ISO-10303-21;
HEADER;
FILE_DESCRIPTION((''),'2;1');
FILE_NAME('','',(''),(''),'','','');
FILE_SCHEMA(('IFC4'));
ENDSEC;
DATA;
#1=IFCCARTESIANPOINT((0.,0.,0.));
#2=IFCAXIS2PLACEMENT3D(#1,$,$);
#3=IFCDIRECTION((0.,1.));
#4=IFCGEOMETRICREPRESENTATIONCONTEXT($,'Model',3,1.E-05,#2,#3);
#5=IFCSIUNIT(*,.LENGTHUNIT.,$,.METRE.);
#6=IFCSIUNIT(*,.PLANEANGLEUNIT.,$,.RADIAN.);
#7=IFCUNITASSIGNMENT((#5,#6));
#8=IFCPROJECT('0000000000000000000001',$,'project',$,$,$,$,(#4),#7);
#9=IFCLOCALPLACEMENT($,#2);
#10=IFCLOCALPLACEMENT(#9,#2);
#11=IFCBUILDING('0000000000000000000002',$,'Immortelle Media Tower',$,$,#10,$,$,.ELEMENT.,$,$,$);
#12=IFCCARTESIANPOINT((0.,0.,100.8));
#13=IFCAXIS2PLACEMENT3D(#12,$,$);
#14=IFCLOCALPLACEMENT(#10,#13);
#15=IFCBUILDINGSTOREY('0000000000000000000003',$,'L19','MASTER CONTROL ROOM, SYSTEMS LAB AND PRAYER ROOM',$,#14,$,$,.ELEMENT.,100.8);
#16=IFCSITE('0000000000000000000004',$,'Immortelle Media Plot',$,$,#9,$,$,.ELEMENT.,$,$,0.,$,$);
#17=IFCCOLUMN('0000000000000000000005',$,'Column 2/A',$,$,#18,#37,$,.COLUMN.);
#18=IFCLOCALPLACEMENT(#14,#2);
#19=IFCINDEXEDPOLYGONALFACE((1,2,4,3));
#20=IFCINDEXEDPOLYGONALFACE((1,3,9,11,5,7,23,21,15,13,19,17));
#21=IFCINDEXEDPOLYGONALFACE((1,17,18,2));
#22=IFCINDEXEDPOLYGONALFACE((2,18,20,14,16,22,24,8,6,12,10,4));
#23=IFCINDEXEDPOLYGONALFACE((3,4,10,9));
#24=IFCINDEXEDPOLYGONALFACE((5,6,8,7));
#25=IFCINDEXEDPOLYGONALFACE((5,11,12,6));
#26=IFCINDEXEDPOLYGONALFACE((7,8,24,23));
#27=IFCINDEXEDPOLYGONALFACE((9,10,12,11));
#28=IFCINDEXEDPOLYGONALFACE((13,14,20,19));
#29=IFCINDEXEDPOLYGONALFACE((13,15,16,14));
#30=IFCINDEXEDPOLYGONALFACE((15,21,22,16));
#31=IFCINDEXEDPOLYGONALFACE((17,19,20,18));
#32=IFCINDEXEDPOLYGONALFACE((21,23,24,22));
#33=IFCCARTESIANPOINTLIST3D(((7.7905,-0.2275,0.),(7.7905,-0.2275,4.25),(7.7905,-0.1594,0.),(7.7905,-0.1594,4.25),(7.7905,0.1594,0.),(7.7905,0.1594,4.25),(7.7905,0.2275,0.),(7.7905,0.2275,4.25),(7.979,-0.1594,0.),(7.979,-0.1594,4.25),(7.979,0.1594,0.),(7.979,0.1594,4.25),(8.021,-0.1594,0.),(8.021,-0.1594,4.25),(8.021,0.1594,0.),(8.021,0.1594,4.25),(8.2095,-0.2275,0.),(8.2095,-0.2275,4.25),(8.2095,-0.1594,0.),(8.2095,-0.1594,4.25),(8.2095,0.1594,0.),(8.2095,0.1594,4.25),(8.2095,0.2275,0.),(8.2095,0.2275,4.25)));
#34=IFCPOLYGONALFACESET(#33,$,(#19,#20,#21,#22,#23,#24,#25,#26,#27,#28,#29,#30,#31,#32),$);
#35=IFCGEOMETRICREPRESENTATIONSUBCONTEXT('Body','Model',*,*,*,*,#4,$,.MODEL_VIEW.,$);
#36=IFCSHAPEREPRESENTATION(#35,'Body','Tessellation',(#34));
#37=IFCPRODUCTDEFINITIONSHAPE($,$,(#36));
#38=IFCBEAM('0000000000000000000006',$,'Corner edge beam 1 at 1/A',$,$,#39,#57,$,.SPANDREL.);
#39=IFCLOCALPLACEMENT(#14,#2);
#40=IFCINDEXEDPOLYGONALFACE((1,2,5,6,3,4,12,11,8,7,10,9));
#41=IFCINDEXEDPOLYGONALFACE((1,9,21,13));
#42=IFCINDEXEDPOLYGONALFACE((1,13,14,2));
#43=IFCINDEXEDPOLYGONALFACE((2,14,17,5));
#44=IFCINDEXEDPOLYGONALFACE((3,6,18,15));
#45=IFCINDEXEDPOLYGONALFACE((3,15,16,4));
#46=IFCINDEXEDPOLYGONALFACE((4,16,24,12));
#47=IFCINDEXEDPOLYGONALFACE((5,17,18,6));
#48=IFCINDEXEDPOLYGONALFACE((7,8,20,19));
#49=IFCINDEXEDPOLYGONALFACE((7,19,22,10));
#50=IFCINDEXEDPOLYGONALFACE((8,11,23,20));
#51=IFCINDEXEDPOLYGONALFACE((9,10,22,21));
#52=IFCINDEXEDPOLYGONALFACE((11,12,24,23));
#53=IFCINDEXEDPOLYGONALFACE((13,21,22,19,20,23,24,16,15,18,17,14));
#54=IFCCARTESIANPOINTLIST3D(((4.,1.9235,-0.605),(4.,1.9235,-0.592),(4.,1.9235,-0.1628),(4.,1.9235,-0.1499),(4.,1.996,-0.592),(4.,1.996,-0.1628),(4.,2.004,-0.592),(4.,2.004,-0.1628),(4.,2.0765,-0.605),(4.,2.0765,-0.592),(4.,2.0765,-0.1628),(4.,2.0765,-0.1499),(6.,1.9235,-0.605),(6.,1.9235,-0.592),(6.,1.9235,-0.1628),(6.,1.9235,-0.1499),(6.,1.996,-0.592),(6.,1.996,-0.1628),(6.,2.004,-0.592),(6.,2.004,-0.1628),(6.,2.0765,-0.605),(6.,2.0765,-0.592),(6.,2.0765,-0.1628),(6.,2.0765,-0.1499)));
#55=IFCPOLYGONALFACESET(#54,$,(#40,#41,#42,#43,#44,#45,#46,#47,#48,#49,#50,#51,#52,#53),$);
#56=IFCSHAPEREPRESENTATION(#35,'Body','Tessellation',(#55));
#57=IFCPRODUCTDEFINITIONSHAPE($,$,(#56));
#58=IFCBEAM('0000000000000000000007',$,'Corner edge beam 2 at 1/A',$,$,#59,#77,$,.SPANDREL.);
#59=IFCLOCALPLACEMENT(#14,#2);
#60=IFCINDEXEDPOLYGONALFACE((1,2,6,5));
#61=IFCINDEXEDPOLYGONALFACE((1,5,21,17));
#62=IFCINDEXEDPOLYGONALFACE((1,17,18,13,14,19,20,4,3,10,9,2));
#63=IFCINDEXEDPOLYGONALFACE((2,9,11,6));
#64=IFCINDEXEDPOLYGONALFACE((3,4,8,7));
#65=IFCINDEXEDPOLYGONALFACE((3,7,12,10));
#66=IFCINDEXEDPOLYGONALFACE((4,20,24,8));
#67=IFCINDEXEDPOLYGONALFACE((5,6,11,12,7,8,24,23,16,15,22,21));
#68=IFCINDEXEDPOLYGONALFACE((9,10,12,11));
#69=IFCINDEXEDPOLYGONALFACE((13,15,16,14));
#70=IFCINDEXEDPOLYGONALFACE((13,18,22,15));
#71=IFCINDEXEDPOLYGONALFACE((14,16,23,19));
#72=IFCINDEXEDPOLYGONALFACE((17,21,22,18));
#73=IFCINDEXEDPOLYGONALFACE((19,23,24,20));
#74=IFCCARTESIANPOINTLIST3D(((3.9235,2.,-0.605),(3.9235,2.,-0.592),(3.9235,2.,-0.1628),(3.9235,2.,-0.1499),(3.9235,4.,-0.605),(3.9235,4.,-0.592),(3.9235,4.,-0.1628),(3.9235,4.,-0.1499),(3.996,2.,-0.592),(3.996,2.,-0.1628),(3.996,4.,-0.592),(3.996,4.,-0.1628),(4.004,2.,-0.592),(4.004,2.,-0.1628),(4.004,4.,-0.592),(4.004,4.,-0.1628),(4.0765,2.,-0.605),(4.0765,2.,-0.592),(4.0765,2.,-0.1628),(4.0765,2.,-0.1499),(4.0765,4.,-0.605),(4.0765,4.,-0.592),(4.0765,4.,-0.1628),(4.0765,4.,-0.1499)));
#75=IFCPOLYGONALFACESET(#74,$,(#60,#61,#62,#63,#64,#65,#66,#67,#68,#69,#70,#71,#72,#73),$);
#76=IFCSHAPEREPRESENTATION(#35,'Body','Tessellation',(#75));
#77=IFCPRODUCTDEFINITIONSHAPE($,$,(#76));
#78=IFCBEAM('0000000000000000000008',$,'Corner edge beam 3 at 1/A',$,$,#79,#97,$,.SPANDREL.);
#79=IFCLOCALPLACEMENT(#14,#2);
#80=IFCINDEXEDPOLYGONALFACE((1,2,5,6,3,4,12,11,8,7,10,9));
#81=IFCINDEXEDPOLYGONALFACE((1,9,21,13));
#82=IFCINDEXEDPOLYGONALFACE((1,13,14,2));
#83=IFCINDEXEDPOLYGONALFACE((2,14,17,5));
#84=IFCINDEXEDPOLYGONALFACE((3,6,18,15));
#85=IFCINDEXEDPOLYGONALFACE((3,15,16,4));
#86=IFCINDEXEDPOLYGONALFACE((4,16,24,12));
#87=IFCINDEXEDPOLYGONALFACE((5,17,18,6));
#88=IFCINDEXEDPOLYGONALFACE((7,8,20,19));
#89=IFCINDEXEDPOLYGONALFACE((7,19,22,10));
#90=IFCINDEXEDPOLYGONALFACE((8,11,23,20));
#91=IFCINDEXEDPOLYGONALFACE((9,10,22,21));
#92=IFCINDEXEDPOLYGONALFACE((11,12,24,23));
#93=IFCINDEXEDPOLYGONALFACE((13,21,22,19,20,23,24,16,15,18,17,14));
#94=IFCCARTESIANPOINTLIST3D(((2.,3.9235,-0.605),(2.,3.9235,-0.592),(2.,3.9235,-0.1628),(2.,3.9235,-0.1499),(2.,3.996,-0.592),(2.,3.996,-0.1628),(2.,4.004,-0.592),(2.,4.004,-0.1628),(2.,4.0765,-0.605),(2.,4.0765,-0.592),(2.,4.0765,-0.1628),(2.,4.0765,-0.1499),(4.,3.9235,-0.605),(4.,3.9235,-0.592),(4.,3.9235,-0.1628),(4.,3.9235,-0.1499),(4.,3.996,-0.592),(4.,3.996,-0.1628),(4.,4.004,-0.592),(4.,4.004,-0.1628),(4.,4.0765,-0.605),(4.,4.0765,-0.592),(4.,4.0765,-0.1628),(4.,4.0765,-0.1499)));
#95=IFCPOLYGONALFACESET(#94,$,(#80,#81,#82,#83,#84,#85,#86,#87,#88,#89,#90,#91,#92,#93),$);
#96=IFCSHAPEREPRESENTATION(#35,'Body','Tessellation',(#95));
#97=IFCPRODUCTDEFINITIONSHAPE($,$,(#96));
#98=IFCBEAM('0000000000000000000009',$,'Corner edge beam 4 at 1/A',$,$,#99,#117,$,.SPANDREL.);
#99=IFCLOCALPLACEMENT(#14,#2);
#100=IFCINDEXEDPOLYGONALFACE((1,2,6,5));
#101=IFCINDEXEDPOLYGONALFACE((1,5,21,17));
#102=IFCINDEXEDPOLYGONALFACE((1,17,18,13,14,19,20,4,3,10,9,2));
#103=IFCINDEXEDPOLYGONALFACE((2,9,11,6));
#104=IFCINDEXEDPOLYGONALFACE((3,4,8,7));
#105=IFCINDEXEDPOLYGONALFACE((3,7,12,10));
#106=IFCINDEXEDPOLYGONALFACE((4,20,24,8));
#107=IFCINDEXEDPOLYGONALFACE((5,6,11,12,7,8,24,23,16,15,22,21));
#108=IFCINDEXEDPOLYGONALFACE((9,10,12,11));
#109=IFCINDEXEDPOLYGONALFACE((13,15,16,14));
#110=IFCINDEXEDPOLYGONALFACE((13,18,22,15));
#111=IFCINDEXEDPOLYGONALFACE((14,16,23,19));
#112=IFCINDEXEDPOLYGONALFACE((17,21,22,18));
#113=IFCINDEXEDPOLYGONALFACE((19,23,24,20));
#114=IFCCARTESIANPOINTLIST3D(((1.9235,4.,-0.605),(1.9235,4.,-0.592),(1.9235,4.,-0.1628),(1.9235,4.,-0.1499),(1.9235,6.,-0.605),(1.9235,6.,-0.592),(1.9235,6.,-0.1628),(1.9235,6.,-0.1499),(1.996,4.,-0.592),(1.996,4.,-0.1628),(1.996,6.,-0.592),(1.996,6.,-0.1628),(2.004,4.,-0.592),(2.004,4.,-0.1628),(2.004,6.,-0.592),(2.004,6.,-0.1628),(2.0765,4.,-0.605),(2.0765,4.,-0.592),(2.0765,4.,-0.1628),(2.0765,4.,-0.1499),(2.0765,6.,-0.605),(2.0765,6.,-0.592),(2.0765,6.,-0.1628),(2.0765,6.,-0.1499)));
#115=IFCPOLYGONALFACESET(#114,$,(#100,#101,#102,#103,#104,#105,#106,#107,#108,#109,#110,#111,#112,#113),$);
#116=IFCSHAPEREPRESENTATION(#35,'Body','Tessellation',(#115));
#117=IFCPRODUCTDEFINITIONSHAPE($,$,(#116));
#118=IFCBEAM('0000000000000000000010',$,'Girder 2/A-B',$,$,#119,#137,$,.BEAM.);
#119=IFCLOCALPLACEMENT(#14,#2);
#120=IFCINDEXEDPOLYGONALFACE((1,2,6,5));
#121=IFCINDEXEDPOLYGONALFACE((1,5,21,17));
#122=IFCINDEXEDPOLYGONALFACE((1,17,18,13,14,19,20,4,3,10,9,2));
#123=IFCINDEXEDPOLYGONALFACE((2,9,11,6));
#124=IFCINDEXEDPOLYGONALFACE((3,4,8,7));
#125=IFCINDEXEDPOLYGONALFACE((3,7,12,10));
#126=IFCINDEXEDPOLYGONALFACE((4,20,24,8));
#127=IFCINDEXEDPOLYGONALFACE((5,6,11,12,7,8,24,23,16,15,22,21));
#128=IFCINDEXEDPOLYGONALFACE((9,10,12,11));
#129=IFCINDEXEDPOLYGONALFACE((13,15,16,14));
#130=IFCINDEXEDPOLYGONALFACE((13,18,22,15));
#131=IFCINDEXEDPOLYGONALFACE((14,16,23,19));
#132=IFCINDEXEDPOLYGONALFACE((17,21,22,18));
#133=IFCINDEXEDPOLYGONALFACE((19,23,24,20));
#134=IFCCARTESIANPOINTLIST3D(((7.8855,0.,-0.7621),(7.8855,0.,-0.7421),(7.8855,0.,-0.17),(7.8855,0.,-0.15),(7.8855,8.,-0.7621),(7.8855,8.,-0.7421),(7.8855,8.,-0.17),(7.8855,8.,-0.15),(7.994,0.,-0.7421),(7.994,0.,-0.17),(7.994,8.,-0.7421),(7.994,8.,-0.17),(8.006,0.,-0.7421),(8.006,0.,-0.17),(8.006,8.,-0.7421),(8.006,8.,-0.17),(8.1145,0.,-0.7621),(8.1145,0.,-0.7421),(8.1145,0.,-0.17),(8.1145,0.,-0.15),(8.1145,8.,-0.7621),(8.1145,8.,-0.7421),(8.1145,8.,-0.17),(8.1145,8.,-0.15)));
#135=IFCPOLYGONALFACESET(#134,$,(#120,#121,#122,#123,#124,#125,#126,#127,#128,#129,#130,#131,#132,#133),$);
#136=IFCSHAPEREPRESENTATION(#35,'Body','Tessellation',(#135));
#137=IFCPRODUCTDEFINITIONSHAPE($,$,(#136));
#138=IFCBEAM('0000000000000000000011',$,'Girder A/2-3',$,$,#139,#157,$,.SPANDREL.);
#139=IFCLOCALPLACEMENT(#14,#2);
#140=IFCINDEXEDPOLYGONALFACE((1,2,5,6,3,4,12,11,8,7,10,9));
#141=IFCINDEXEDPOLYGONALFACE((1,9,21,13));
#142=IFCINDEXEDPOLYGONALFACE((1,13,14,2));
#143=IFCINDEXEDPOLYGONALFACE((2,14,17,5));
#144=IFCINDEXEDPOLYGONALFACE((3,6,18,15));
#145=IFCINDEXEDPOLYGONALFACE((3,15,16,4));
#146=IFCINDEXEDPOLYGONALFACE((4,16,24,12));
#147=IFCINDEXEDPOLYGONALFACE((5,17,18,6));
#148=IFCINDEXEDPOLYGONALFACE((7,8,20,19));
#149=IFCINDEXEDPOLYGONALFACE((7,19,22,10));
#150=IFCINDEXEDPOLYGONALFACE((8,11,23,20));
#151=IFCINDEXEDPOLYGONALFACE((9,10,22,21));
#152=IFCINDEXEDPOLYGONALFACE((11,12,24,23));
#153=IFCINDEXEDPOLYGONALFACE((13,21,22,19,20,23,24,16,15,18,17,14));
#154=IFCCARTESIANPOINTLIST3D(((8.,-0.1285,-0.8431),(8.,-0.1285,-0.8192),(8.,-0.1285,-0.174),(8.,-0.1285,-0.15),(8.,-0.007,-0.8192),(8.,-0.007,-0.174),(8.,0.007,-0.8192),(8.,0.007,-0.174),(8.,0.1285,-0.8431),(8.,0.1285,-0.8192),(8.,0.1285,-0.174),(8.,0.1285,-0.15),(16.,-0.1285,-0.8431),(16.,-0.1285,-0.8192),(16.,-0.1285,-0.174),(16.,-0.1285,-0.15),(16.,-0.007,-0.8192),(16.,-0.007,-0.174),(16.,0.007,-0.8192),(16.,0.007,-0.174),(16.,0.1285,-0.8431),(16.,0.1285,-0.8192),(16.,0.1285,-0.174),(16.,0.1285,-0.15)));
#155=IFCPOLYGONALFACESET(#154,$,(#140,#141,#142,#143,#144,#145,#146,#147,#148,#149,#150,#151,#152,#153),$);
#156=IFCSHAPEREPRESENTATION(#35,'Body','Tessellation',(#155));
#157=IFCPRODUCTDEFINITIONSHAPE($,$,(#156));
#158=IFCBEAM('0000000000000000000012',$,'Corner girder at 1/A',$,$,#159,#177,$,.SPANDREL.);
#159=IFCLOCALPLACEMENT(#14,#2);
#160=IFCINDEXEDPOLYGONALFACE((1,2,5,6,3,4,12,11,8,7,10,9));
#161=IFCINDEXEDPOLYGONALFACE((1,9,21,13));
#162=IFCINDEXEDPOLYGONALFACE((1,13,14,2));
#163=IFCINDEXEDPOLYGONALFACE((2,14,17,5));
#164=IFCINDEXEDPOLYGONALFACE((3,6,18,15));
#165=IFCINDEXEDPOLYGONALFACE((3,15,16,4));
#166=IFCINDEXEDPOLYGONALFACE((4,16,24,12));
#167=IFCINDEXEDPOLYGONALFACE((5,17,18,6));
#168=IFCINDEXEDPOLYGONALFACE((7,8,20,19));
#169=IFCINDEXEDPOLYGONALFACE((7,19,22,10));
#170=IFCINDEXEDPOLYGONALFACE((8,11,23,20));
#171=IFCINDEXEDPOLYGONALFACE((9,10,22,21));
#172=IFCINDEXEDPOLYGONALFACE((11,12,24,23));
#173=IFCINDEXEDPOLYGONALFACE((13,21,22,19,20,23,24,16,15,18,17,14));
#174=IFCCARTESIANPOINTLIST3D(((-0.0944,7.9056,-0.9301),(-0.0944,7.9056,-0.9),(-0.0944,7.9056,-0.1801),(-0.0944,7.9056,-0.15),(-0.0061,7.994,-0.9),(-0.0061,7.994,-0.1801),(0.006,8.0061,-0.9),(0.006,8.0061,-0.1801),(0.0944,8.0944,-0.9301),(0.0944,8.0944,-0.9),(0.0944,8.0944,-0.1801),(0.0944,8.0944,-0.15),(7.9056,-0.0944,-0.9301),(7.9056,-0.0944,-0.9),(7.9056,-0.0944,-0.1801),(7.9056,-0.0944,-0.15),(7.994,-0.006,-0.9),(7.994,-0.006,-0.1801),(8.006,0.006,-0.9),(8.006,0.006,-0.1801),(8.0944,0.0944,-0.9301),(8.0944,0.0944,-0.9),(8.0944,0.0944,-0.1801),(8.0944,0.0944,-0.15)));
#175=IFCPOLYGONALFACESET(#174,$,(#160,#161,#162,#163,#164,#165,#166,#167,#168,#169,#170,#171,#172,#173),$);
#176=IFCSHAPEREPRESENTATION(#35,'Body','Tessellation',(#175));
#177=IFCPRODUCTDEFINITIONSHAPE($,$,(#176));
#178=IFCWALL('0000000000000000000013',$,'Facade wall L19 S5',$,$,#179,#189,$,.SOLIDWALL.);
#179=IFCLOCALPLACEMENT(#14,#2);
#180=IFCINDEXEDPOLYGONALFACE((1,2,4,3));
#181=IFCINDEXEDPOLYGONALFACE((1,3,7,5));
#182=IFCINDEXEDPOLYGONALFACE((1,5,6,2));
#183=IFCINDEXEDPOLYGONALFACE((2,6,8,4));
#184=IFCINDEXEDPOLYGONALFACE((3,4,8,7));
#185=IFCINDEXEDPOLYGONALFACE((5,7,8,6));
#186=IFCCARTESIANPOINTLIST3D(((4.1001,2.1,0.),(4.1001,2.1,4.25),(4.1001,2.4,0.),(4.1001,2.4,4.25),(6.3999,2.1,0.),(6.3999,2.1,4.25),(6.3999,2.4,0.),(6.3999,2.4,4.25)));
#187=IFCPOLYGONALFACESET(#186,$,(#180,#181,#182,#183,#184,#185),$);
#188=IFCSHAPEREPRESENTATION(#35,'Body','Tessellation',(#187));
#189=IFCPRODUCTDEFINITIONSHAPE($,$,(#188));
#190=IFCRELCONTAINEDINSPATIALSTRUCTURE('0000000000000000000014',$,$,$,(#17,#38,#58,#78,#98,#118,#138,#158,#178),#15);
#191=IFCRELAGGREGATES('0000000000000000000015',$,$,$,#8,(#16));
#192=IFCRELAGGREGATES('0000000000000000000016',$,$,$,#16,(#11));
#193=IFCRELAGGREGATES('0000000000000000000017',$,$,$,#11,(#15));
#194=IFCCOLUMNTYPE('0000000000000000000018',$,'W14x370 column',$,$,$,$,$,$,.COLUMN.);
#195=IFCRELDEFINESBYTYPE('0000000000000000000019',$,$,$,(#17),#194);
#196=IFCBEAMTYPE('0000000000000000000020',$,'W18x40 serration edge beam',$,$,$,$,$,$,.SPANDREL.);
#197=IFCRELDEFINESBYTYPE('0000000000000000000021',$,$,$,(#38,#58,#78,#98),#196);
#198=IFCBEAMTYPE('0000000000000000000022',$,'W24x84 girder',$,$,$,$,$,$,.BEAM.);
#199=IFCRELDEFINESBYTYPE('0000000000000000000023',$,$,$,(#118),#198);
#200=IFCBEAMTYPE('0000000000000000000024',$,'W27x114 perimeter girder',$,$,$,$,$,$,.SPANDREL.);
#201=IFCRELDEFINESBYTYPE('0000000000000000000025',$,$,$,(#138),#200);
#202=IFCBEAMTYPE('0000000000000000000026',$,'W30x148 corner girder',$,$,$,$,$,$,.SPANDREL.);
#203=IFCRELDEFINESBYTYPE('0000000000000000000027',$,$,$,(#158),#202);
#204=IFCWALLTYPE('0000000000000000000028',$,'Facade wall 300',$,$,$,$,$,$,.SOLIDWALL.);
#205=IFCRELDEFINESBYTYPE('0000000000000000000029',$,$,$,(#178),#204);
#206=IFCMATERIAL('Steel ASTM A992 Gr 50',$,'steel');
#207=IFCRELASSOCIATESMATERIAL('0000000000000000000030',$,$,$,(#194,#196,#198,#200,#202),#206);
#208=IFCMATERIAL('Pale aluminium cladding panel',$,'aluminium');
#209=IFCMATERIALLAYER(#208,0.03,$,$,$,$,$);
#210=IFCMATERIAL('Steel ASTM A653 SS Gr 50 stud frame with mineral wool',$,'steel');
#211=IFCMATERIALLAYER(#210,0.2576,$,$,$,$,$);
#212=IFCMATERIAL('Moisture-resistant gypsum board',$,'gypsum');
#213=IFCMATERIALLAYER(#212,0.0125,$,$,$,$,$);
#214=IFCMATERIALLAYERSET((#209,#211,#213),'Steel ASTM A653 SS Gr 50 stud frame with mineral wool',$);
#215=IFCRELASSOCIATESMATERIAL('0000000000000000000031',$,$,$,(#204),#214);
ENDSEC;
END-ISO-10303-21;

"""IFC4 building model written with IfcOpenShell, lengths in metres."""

from ifc_helpers import new_model, si_unit, direction, frame, frame_2d, origin, origin_2d, place, context, subcontext, project, spatial, rectangle, i_section, extrude, material, layer, layer_set, material_profile, profile_set, type_object, element, save


model = new_model("IFC4")

# Units and contexts
model_context = context("Model", 3, precision=1e-05, world=origin(), true_north=direction((0.0, 1.0)))
body_context = subcontext(model_context, "Body", "Model", "MODEL_VIEW")
ifc_project = project(units=[si_unit("LENGTHUNIT", "METRE"), si_unit("PLANEANGLEUNIT", "RADIAN")], contexts=[model_context])

# Site, building, storey
site_placement = place(None, origin())
site = spatial("IfcSite", under=ifc_project, at=site_placement, Name="Immortelle Media Plot", CompositionType="ELEMENT", RefElevation=0.0)
building_placement = place(site_placement, origin())
building = spatial("IfcBuilding", under=site, at=building_placement, Name="Immortelle Media Tower", CompositionType="ELEMENT")
storey_placement = place(building_placement, frame((0.0, 0.0, 100.8)))
storey = spatial("IfcBuildingStorey", under=building, at=storey_placement, Name="L19", Description="MASTER CONTROL ROOM, SYSTEMS LAB AND PRAYER ROOM", CompositionType="ELEMENT", Elevation=100.8)

# Column
ifc_material_1 = material(Name="Steel ASTM A992 Gr 50", Category="steel")
ifc_material_profile_1 = material_profile(ifc_material_1, i_section(OverallWidth=0.4189, OverallDepth=0.4551, WebThickness=0.042, FlangeThickness=0.0681, at=origin_2d()), Name="W14x370")
ifc_profile_set_1 = profile_set([ifc_material_profile_1], Name="Steel ASTM A992 Gr 50")
column_type = type_object("IfcColumnType", Name="W14x370 column", PredefinedType="COLUMN", material=ifc_profile_set_1)
column_placement = place(storey_placement, frame((8.0, 0.0, 0.0), z_axis=(0.0, 0.0, 1.0), x_axis=(1.0, 0.0, 0.0)))
element("IfcColumn", 1, at=column_placement, inside=storey, type_object=column_type, Name="Column 2/A", PredefinedType="COLUMN", context=body_context, shape_type="SweptSolid", body=[
    extrude(i_section(OverallWidth=0.4189, OverallDepth=0.4551, WebThickness=0.042, FlangeThickness=0.0681, at=origin_2d()), origin(), (0.0, 0.0, 1.0), 4.25),
])

# Beams
ifc_material_profile_2 = material_profile(ifc_material_1, i_section(OverallWidth=0.1531, OverallDepth=0.4551, WebThickness=0.0081, FlangeThickness=0.0129, at=origin_2d()), Name="W18x40")
ifc_profile_set_2 = profile_set([ifc_material_profile_2], Name="Steel ASTM A992 Gr 50")
beam_type_1 = type_object("IfcBeamType", Name="W18x40 serration edge beam", PredefinedType="SPANDREL", material=ifc_profile_set_2)
for number, where, z_axis, x_axis, name in (
    (2, (6.0, 2.0, -0.3774), (-1.0, 0.0, 0.0), (0.0, -1.0, 0.0), "Corner edge beam 1 at 1/A"),
    (3, (4.0, 2.0, -0.3774), (0.0, 1.0, 0.0), (-1.0, 0.0, 0.0), "Corner edge beam 2 at 1/A"),
    (4, (4.0, 4.0, -0.3774), (-1.0, 0.0, 0.0), (0.0, -1.0, 0.0), "Corner edge beam 3 at 1/A"),
    (5, (2.0, 4.0, -0.3774), (0.0, 1.0, 0.0), (-1.0, 0.0, 0.0), "Corner edge beam 4 at 1/A"),
):
    element("IfcBeam", number, at=place(storey_placement, frame(where, z_axis=z_axis, x_axis=x_axis)), inside=storey, type_object=beam_type_1, Name=name, PredefinedType="SPANDREL", context=body_context, shape_type="SweptSolid", body=[
        extrude(i_section(OverallWidth=0.1531, OverallDepth=0.4551, WebThickness=0.0081, FlangeThickness=0.0129, at=origin_2d()), origin(), (0.0, 0.0, 1.0), 2.0),
    ])
ifc_material_profile_3 = material_profile(ifc_material_1, i_section(OverallWidth=0.229, OverallDepth=0.6121, WebThickness=0.012, FlangeThickness=0.02, at=origin_2d()), Name="W24x84")
ifc_profile_set_3 = profile_set([ifc_material_profile_3], Name="Steel ASTM A992 Gr 50")
beam_type_2 = type_object("IfcBeamType", Name="W24x84 girder", PredefinedType="BEAM", material=ifc_profile_set_3)
beam_1_placement = place(storey_placement, frame((8.0, 0.0, -0.4561), z_axis=(0.0, 1.0, 0.0), x_axis=(-1.0, 0.0, 0.0)))
element("IfcBeam", 6, at=beam_1_placement, inside=storey, type_object=beam_type_2, Name="Girder 2/A-B", PredefinedType="BEAM", context=body_context, shape_type="SweptSolid", body=[
    extrude(i_section(OverallWidth=0.229, OverallDepth=0.6121, WebThickness=0.012, FlangeThickness=0.02, at=origin_2d()), origin(), (0.0, 0.0, 1.0), 8.0),
])
ifc_material_profile_4 = material_profile(ifc_material_1, i_section(OverallWidth=0.2571, OverallDepth=0.6931, WebThickness=0.0139, FlangeThickness=0.0239, at=origin_2d()), Name="W27x114")
ifc_profile_set_4 = profile_set([ifc_material_profile_4], Name="Steel ASTM A992 Gr 50")
beam_type_3 = type_object("IfcBeamType", Name="W27x114 perimeter girder", PredefinedType="SPANDREL", material=ifc_profile_set_4)
beam_2_placement = place(storey_placement, frame((8.0, 0.0, -0.4966), z_axis=(1.0, 0.0, 0.0), x_axis=(0.0, 1.0, 0.0)))
element("IfcBeam", 7, at=beam_2_placement, inside=storey, type_object=beam_type_3, Name="Girder A/2-3", PredefinedType="SPANDREL", context=body_context, shape_type="SweptSolid", body=[
    extrude(i_section(OverallWidth=0.2571, OverallDepth=0.6931, WebThickness=0.0139, FlangeThickness=0.0239, at=origin_2d()), origin(), (0.0, 0.0, 1.0), 8.0),
])
ifc_material_profile_5 = material_profile(ifc_material_1, i_section(OverallWidth=0.2671, OverallDepth=0.78, WebThickness=0.0171, FlangeThickness=0.03, at=origin_2d()), Name="W30x148")
ifc_profile_set_5 = profile_set([ifc_material_profile_5], Name="Steel ASTM A992 Gr 50")
beam_type_4 = type_object("IfcBeamType", Name="W30x148 corner girder", PredefinedType="SPANDREL", material=ifc_profile_set_5)
beam_3_placement = place(storey_placement, frame((8.0, 0.0, -0.54), z_axis=(-0.707107, 0.707107, 0.0), x_axis=(-0.707107, -0.707107, 0.0)))
element("IfcBeam", 8, at=beam_3_placement, inside=storey, type_object=beam_type_4, Name="Corner girder at 1/A", PredefinedType="SPANDREL", context=body_context, shape_type="SweptSolid", body=[
    extrude(i_section(OverallWidth=0.2671, OverallDepth=0.78, WebThickness=0.0171, FlangeThickness=0.03, at=origin_2d()), origin(), (0.0, 0.0, 1.0), 11.3137),
])

# Wall
ifc_material_2 = material(Name="Pale aluminium cladding panel", Category="aluminium")
ifc_layer_1 = layer(ifc_material_2, 0.03)
ifc_material_3 = material(Name="Steel ASTM A653 SS Gr 50 stud frame with mineral wool", Category="steel")
ifc_layer_2 = layer(ifc_material_3, 0.2576)
ifc_material_4 = material(Name="Moisture-resistant gypsum board", Category="gypsum")
ifc_layer_3 = layer(ifc_material_4, 0.0125)
ifc_layer_set_1 = layer_set([ifc_layer_1, ifc_layer_2, ifc_layer_3], Name="Steel ASTM A653 SS Gr 50 stud frame with mineral wool")
wall_type_1 = type_object("IfcWallType", Name="Facade wall 300", PredefinedType="SOLIDWALL", material=ifc_layer_set_1)
wall_1_placement = place(storey_placement, frame((4.1001, 2.25, 0.0), z_axis=(0.0, 0.0, 1.0), x_axis=(1.0, 0.0, 0.0)))
element("IfcWall", 9, at=wall_1_placement, inside=storey, type_object=wall_type_1, Name="Facade wall L19 S5", PredefinedType="SOLIDWALL", context=body_context, shape_type="SweptSolid", body=[
    extrude(rectangle(XDim=2.2998, YDim=0.3, at=frame_2d((1.1499, 0.0))), origin(), (0.0, 0.0, 1.0), 4.25),
])

save(model, "model.ifc")
